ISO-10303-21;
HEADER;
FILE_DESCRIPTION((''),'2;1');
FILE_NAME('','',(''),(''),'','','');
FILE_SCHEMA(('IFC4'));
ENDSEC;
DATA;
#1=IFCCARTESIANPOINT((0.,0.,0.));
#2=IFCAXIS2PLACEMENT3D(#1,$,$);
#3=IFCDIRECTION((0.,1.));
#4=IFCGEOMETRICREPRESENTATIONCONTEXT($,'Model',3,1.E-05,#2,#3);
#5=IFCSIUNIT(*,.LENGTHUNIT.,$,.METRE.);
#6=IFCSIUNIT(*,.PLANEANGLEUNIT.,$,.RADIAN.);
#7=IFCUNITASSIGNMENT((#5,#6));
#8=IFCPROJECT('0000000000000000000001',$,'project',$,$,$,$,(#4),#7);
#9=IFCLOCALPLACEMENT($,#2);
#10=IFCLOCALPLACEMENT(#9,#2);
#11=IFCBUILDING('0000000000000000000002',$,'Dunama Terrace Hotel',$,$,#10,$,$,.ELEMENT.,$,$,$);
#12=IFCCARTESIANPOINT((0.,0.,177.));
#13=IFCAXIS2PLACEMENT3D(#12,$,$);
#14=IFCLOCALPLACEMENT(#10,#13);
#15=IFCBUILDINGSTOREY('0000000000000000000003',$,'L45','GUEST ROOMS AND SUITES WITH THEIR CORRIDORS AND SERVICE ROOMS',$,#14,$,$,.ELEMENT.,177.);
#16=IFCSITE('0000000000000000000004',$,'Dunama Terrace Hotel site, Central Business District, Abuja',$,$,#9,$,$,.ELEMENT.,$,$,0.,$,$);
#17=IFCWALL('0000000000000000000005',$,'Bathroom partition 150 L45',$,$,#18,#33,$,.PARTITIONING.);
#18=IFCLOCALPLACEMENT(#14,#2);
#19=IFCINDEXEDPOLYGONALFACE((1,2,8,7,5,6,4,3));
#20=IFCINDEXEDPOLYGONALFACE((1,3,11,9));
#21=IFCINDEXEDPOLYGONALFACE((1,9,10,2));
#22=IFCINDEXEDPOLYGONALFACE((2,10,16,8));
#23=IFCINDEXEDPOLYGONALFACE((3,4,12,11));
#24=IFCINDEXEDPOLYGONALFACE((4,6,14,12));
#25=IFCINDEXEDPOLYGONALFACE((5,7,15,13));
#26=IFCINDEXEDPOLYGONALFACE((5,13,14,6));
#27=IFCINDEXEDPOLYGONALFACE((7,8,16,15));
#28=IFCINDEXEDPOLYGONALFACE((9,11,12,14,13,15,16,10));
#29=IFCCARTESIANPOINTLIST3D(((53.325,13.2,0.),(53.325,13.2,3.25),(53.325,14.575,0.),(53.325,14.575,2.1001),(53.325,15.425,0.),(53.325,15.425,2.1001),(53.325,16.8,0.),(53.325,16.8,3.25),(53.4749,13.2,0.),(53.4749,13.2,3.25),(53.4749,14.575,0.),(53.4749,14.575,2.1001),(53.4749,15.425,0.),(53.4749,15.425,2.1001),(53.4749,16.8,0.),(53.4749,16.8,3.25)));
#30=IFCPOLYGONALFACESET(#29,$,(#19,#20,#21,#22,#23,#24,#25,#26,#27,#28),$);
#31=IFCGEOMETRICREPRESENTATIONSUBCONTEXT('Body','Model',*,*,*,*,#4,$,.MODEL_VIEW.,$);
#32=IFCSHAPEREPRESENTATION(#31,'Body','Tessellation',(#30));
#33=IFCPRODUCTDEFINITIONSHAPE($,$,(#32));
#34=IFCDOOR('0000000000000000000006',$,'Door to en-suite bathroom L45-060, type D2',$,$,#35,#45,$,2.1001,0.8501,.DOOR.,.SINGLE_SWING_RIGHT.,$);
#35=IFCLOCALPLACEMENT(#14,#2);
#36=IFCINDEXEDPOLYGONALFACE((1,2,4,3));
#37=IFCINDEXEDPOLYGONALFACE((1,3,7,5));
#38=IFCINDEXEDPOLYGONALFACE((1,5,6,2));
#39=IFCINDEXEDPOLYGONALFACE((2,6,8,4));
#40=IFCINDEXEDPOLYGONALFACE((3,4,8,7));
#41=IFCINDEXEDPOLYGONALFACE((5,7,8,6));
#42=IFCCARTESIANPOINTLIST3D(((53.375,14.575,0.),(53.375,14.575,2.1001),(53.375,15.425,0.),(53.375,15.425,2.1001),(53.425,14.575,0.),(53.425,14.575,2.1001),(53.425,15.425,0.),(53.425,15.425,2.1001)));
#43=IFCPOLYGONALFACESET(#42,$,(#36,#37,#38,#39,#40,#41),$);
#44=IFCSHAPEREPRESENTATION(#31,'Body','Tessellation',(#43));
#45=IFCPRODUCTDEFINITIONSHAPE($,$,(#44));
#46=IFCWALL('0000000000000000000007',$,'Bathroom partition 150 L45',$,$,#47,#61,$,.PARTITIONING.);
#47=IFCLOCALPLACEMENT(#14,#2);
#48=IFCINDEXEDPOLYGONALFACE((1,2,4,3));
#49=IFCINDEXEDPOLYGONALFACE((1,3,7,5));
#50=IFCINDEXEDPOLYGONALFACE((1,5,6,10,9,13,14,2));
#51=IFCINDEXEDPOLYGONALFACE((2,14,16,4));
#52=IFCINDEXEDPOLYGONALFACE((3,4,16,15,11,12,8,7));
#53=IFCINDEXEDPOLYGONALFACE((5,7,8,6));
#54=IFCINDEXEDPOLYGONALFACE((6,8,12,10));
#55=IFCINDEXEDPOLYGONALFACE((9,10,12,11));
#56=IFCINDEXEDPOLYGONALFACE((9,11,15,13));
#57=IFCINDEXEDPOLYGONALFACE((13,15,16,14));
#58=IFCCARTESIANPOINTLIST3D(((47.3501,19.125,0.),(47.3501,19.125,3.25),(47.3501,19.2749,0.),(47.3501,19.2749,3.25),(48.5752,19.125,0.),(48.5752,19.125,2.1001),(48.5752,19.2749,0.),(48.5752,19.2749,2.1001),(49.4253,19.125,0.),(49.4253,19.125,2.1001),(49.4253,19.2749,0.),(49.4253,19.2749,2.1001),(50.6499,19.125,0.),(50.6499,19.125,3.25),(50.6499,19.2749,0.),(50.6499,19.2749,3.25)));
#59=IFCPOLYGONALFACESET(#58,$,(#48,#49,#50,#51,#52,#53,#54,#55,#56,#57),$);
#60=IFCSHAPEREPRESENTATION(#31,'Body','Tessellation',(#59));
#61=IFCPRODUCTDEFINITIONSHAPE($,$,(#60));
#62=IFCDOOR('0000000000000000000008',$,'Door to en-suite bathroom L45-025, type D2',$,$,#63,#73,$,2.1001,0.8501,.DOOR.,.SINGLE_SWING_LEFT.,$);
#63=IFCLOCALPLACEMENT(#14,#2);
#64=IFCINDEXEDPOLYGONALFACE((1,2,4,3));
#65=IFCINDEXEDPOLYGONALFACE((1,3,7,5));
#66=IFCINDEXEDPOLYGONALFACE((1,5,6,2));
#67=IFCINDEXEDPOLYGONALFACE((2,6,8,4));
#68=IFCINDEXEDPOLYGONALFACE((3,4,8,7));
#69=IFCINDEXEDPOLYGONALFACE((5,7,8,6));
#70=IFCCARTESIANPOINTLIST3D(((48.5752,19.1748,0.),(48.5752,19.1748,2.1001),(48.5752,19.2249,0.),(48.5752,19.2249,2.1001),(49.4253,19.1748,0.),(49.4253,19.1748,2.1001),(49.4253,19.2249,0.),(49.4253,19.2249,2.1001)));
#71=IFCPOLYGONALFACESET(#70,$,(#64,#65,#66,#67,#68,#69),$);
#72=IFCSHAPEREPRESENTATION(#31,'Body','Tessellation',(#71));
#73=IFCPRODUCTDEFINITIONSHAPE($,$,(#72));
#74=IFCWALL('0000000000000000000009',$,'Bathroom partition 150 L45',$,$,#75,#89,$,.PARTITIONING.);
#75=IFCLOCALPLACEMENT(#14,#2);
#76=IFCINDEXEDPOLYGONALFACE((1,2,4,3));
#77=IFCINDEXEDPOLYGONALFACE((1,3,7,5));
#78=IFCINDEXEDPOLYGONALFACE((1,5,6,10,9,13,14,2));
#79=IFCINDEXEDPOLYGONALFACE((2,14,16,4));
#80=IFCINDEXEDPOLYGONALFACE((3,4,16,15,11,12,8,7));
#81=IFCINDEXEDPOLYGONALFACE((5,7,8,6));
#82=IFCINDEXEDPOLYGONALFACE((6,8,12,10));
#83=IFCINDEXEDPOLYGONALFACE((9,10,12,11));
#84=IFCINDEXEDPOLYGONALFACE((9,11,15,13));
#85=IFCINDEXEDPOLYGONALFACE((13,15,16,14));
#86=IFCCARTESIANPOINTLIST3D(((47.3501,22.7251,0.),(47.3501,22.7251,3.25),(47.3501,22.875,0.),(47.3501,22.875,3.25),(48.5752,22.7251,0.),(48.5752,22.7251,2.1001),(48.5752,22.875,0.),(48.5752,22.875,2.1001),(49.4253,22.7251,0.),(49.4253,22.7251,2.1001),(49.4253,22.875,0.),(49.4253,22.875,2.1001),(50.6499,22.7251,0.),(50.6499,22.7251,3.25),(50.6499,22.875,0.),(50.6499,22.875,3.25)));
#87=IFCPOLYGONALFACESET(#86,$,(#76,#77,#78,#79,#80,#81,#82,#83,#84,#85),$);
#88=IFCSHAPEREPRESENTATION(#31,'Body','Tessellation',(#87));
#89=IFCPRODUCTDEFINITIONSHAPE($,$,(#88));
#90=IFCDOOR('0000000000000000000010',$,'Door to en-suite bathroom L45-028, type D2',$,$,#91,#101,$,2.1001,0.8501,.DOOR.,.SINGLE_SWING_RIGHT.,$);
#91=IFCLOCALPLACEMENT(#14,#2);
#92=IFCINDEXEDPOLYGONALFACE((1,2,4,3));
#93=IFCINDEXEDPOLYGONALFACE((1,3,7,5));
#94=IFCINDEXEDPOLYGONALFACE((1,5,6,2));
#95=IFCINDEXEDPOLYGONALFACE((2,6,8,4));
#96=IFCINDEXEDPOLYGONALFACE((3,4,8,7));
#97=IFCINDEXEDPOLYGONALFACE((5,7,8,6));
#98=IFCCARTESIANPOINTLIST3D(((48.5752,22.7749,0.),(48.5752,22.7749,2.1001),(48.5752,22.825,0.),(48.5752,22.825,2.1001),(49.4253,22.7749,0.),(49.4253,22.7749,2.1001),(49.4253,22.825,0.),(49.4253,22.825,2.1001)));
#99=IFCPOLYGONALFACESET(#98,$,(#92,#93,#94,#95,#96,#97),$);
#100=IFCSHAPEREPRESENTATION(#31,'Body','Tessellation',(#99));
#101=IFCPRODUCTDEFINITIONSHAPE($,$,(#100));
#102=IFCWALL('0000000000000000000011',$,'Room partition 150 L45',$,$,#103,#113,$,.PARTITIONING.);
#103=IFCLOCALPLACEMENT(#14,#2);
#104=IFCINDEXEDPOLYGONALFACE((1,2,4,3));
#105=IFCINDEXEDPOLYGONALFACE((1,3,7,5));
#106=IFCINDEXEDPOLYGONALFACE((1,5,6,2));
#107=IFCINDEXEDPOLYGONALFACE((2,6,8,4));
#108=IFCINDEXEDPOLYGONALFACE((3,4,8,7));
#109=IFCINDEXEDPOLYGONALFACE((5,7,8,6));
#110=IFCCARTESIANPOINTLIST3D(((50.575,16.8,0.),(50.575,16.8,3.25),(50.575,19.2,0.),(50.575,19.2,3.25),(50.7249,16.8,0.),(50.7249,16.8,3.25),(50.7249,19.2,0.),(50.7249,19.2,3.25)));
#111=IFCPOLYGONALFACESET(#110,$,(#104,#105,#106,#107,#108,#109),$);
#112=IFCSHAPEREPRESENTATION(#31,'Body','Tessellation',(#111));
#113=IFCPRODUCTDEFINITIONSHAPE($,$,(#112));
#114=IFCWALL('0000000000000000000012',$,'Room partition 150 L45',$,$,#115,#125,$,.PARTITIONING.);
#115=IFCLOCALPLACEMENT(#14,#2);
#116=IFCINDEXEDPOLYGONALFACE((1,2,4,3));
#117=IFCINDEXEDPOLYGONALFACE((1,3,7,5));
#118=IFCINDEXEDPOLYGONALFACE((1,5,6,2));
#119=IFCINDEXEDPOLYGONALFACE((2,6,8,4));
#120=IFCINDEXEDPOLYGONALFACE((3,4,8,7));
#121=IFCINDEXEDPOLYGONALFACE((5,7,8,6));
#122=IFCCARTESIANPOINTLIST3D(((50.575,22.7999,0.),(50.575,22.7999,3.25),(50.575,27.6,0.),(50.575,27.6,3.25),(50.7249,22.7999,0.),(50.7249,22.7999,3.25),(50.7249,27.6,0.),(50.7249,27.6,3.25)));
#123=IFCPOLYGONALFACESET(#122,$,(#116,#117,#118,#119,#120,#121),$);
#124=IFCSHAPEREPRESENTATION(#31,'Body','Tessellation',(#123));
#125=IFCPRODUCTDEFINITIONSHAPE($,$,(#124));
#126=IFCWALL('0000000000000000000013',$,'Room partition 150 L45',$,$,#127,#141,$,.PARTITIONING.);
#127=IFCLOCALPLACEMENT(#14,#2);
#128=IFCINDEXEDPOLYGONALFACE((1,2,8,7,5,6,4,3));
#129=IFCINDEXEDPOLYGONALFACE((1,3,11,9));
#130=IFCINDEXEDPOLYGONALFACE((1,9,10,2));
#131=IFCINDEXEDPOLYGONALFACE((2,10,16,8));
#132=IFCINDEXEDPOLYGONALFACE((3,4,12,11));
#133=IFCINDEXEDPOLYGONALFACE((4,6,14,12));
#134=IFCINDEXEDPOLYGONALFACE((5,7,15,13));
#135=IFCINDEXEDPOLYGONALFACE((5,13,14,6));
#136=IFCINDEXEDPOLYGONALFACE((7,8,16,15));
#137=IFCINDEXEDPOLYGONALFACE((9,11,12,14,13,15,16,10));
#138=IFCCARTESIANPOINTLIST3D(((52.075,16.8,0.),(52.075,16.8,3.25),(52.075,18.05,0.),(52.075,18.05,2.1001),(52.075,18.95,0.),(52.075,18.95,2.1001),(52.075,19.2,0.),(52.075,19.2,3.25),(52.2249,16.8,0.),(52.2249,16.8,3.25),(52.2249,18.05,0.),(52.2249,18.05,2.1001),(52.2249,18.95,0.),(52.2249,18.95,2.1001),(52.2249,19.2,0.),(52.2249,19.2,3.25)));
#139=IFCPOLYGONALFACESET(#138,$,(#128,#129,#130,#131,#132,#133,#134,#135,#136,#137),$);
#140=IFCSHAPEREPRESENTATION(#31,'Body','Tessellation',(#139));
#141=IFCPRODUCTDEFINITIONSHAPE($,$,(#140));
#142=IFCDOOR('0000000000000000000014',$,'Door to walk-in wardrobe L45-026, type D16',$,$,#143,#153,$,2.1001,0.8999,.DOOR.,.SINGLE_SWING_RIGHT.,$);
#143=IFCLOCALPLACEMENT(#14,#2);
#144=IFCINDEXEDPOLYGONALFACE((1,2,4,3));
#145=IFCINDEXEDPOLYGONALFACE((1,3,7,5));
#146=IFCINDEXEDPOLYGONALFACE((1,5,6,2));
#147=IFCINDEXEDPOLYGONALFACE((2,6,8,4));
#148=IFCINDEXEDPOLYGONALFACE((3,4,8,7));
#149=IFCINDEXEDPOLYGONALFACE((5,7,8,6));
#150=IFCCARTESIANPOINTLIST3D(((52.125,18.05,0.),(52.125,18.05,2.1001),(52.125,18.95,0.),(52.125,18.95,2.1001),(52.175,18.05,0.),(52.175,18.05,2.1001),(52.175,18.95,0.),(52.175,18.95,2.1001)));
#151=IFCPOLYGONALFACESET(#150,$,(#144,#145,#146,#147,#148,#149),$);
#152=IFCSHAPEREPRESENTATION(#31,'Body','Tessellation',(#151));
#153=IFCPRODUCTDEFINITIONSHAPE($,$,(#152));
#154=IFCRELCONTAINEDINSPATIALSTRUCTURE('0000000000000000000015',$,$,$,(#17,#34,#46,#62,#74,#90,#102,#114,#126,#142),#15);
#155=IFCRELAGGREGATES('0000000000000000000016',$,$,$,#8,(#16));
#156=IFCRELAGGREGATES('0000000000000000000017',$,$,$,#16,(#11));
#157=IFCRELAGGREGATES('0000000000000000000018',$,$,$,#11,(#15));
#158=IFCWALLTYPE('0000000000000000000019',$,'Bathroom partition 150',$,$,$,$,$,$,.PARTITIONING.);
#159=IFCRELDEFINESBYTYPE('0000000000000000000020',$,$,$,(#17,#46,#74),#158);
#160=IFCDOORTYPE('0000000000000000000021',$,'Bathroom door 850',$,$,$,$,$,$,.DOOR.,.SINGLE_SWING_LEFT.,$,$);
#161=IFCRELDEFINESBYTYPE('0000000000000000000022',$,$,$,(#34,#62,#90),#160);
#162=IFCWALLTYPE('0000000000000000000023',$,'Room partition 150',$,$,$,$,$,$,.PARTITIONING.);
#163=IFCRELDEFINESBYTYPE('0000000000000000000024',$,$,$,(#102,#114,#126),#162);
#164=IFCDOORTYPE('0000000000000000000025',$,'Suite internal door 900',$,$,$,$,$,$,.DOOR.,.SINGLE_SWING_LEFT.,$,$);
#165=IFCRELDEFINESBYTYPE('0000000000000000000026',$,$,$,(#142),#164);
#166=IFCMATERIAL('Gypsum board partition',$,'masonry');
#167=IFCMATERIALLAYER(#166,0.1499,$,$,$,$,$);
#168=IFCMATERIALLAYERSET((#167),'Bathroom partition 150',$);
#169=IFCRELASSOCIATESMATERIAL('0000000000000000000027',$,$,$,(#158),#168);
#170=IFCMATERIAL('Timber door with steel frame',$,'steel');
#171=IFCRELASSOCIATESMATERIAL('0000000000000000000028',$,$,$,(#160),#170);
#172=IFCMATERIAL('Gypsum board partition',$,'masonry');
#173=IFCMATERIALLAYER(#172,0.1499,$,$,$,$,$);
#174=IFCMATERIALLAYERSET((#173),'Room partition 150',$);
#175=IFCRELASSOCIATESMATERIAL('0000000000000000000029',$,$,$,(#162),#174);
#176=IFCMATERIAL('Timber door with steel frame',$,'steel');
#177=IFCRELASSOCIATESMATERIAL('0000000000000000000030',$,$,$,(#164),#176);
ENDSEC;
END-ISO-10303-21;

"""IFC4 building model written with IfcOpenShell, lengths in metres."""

from ifc_helpers import new_model, si_unit, direction, frame, frame_2d, origin, place, context, subcontext, project, spatial, rectangle, extrude, material, layer, layer_set, type_object, element, fill, save


model = new_model("IFC4")

# Units and contexts
model_context = context("Model", 3, precision=1e-05, world=origin(), true_north=direction((0.0, 1.0)))
body_context = subcontext(model_context, "Body", "Model", "MODEL_VIEW")
ifc_project = project(units=[si_unit("LENGTHUNIT", "METRE"), si_unit("PLANEANGLEUNIT", "RADIAN")], contexts=[model_context])

# Site, building, storey
site_placement = place(None, origin())
site = spatial("IfcSite", under=ifc_project, at=site_placement, Name="Dunama Terrace Hotel site, Central Business District, Abuja", CompositionType="ELEMENT", RefElevation=0.0)
building_placement = place(site_placement, origin())
building = spatial("IfcBuilding", under=site, at=building_placement, Name="Dunama Terrace Hotel", CompositionType="ELEMENT")
storey_placement = place(building_placement, frame((0.0, 0.0, 177.0)))
storey = spatial("IfcBuildingStorey", under=building, at=storey_placement, Name="L45", Description="GUEST ROOMS AND SUITES WITH THEIR CORRIDORS AND SERVICE ROOMS", CompositionType="ELEMENT", Elevation=177.0)

# Shared definitions
ifc_material_1 = material(Name="Gypsum board partition", Category="masonry")
ifc_layer_1 = layer(ifc_material_1, 0.1499)
ifc_layer_set_1 = layer_set([ifc_layer_1], Name="Bathroom partition 150")
wall_type_1 = type_object("IfcWallType", Name="Bathroom partition 150", PredefinedType="PARTITIONING", material=ifc_layer_set_1)

# Walls, openings, doors
wall_1_placement = place(storey_placement, frame((53.3999, 13.2, 0.0), z_axis=(0.0, 0.0, 1.0), x_axis=(0.0, 1.0, 0.0)))
wall_1 = element("IfcWall", 1, at=wall_1_placement, inside=storey, type_object=wall_type_1, Name="Bathroom partition 150 L45", PredefinedType="PARTITIONING", context=body_context, shape_type="SweptSolid", body=[
    extrude(rectangle(XDim=3.6001, YDim=0.1499, at=frame_2d((1.8, 0.0))), origin(), (0.0, 0.0, 1.0), 3.25),
])
opening_1_placement = place(wall_1_placement, frame((1.375, 0.0, 0.0)))
opening_1 = element("IfcOpeningElement", 2, at=opening_1_placement, cuts=wall_1, PredefinedType="OPENING", context=body_context, shape_type="SweptSolid", body=[
    extrude(rectangle(XDim=0.8501, YDim=2.1001, at=frame_2d((0.425, 1.05))), frame((0.0, 0.085, 0.0), z_axis=(0.0, -1.0, 0.0), x_axis=(1.0, 0.0, 0.0)), (0.0, 0.0, 1.0), 0.1699),
])
ifc_material_2 = material(Name="Timber door with steel frame", Category="steel")
door_type_1 = type_object("IfcDoorType", Name="Bathroom door 850", OperationType="SINGLE_SWING_LEFT", PredefinedType="DOOR", material=ifc_material_2)
door_1_placement = place(opening_1_placement, origin())
door_1 = element("IfcDoor", 3, at=door_1_placement, inside=storey, type_object=door_type_1, Name="Door to en-suite bathroom L45-060, type D2", OperationType="SINGLE_SWING_RIGHT", OverallHeight=2.1001, OverallWidth=0.8501, PredefinedType="DOOR", context=body_context, shape_type="SweptSolid", body=[
    extrude(rectangle(XDim=0.8501, YDim=2.1001, at=frame_2d((0.425, 1.05))), frame((0.0, 0.0249, 0.0), z_axis=(0.0, -1.0, 0.0), x_axis=(1.0, 0.0, 0.0)), (0.0, 0.0, 1.0), 0.05),
])
fill(opening_1, door_1)
wall_2_placement = place(storey_placement, frame((47.3501, 19.2, 0.0), z_axis=(0.0, 0.0, 1.0), x_axis=(1.0, 0.0, 0.0)))
wall_2 = element("IfcWall", 4, at=wall_2_placement, inside=storey, type_object=wall_type_1, Name="Bathroom partition 150 L45", PredefinedType="PARTITIONING", context=body_context, shape_type="SweptSolid", body=[
    extrude(rectangle(XDim=3.2998, YDim=0.1499, at=frame_2d((1.6499, 0.0))), origin(), (0.0, 0.0, 1.0), 3.25),
])
opening_2_placement = place(wall_2_placement, frame((1.2251, 0.0, 0.0)))
opening_2 = element("IfcOpeningElement", 5, at=opening_2_placement, cuts=wall_2, PredefinedType="OPENING", context=body_context, shape_type="SweptSolid", body=[
    extrude(rectangle(XDim=0.8501, YDim=2.1001, at=frame_2d((0.425, 1.05))), frame((0.0, 0.085, 0.0), z_axis=(0.0, -1.0, 0.0), x_axis=(1.0, 0.0, 0.0)), (0.0, 0.0, 1.0), 0.1699),
])
door_2_placement = place(opening_2_placement, frame((0.8501, 0.0, 0.0), z_axis=(0.0, 0.0, 1.0), x_axis=(-1.0, 0.0, 0.0)))
door_2 = element("IfcDoor", 6, at=door_2_placement, inside=storey, type_object=door_type_1, Name="Door to en-suite bathroom L45-025, type D2", OperationType="SINGLE_SWING_LEFT", OverallHeight=2.1001, OverallWidth=0.8501, PredefinedType="DOOR", context=body_context, shape_type="SweptSolid", body=[
    extrude(rectangle(XDim=0.8501, YDim=2.1001, at=frame_2d((0.425, 1.05))), frame((0.0, 0.0251, 0.0), z_axis=(0.0, -1.0, 0.0), x_axis=(1.0, 0.0, 0.0)), (0.0, 0.0, 1.0), 0.05),
])
fill(opening_2, door_2)
wall_3_placement = place(storey_placement, frame((47.3501, 22.8, 0.0), z_axis=(0.0, 0.0, 1.0), x_axis=(1.0, 0.0, 0.0)))
wall_3 = element("IfcWall", 7, at=wall_3_placement, inside=storey, type_object=wall_type_1, Name="Bathroom partition 150 L45", PredefinedType="PARTITIONING", context=body_context, shape_type="SweptSolid", body=[
    extrude(rectangle(XDim=3.2998, YDim=0.1499, at=frame_2d((1.6499, 0.0))), origin(), (0.0, 0.0, 1.0), 3.25),
])
opening_3_placement = place(wall_3_placement, frame((1.2251, 0.0, 0.0)))
opening_3 = element("IfcOpeningElement", 8, at=opening_3_placement, cuts=wall_3, PredefinedType="OPENING", context=body_context, shape_type="SweptSolid", body=[
    extrude(rectangle(XDim=0.8501, YDim=2.1001, at=frame_2d((0.425, 1.05))), frame((0.0, 0.085, 0.0), z_axis=(0.0, -1.0, 0.0), x_axis=(1.0, 0.0, 0.0)), (0.0, 0.0, 1.0), 0.1699),
])
door_3_placement = place(opening_3_placement, origin())
door_3 = element("IfcDoor", 9, at=door_3_placement, inside=storey, type_object=door_type_1, Name="Door to en-suite bathroom L45-028, type D2", OperationType="SINGLE_SWING_RIGHT", OverallHeight=2.1001, OverallWidth=0.8501, PredefinedType="DOOR", context=body_context, shape_type="SweptSolid", body=[
    extrude(rectangle(XDim=0.8501, YDim=2.1001, at=frame_2d((0.425, 1.05))), frame((0.0, 0.0249, 0.0), z_axis=(0.0, -1.0, 0.0), x_axis=(1.0, 0.0, 0.0)), (0.0, 0.0, 1.0), 0.05),
])
fill(opening_3, door_3)

# Walls
ifc_material_3 = material(Name="Gypsum board partition", Category="masonry")
ifc_layer_2 = layer(ifc_material_3, 0.1499)
ifc_layer_set_2 = layer_set([ifc_layer_2], Name="Room partition 150")
wall_type_2 = type_object("IfcWallType", Name="Room partition 150", PredefinedType="PARTITIONING", material=ifc_layer_set_2)
wall_4_placement = place(storey_placement, frame((50.6499, 16.8, 0.0), z_axis=(0.0, 0.0, 1.0), x_axis=(0.0, 1.0, 0.0)))
element("IfcWall", 10, at=wall_4_placement, inside=storey, type_object=wall_type_2, Name="Room partition 150 L45", PredefinedType="PARTITIONING", context=body_context, shape_type="SweptSolid", body=[
    extrude(rectangle(XDim=2.3999, YDim=0.1499, at=frame_2d((1.2, 0.0))), origin(), (0.0, 0.0, 1.0), 3.25),
])
wall_5_placement = place(storey_placement, frame((50.6499, 22.8, 0.0), z_axis=(0.0, 0.0, 1.0), x_axis=(0.0, 1.0, 0.0)))
element("IfcWall", 11, at=wall_5_placement, inside=storey, type_object=wall_type_2, Name="Room partition 150 L45", PredefinedType="PARTITIONING", context=body_context, shape_type="SweptSolid", body=[
    extrude(rectangle(XDim=4.8, YDim=0.1499, at=frame_2d((2.3999, 0.0))), origin(), (0.0, 0.0, 1.0), 3.25),
])

# Wall, opening, door
wall_6_placement = place(storey_placement, frame((52.1499, 16.8, 0.0), z_axis=(0.0, 0.0, 1.0), x_axis=(0.0, 1.0, 0.0)))
wall_6 = element("IfcWall", 12, at=wall_6_placement, inside=storey, type_object=wall_type_2, Name="Room partition 150 L45", PredefinedType="PARTITIONING", context=body_context, shape_type="SweptSolid", body=[
    extrude(rectangle(XDim=2.3999, YDim=0.1499, at=frame_2d((1.2, 0.0))), origin(), (0.0, 0.0, 1.0), 3.25),
])
opening_4_placement = place(wall_6_placement, frame((1.25, 0.0, 0.0)))
opening_4 = element("IfcOpeningElement", 13, at=opening_4_placement, cuts=wall_6, PredefinedType="OPENING", context=body_context, shape_type="SweptSolid", body=[
    extrude(rectangle(XDim=0.8999, YDim=2.1001, at=frame_2d((0.45, 1.05))), frame((0.0, 0.085, 0.0), z_axis=(0.0, -1.0, 0.0), x_axis=(1.0, 0.0, 0.0)), (0.0, 0.0, 1.0), 0.1699),
])
ifc_material_4 = material(Name="Timber door with steel frame", Category="steel")
door_type_2 = type_object("IfcDoorType", Name="Suite internal door 900", OperationType="SINGLE_SWING_LEFT", PredefinedType="DOOR", material=ifc_material_4)
door_4_placement = place(opening_4_placement, origin())
door_4 = element("IfcDoor", 14, at=door_4_placement, inside=storey, type_object=door_type_2, Name="Door to walk-in wardrobe L45-026, type D16", OperationType="SINGLE_SWING_RIGHT", OverallHeight=2.1001, OverallWidth=0.8999, PredefinedType="DOOR", context=body_context, shape_type="SweptSolid", body=[
    extrude(rectangle(XDim=0.8999, YDim=2.1001, at=frame_2d((0.45, 1.05))), frame((0.0, 0.0249, 0.0), z_axis=(0.0, -1.0, 0.0), x_axis=(1.0, 0.0, 0.0)), (0.0, 0.0, 1.0), 0.05),
])
fill(opening_4, door_4)

save(model, "model.ifc")
